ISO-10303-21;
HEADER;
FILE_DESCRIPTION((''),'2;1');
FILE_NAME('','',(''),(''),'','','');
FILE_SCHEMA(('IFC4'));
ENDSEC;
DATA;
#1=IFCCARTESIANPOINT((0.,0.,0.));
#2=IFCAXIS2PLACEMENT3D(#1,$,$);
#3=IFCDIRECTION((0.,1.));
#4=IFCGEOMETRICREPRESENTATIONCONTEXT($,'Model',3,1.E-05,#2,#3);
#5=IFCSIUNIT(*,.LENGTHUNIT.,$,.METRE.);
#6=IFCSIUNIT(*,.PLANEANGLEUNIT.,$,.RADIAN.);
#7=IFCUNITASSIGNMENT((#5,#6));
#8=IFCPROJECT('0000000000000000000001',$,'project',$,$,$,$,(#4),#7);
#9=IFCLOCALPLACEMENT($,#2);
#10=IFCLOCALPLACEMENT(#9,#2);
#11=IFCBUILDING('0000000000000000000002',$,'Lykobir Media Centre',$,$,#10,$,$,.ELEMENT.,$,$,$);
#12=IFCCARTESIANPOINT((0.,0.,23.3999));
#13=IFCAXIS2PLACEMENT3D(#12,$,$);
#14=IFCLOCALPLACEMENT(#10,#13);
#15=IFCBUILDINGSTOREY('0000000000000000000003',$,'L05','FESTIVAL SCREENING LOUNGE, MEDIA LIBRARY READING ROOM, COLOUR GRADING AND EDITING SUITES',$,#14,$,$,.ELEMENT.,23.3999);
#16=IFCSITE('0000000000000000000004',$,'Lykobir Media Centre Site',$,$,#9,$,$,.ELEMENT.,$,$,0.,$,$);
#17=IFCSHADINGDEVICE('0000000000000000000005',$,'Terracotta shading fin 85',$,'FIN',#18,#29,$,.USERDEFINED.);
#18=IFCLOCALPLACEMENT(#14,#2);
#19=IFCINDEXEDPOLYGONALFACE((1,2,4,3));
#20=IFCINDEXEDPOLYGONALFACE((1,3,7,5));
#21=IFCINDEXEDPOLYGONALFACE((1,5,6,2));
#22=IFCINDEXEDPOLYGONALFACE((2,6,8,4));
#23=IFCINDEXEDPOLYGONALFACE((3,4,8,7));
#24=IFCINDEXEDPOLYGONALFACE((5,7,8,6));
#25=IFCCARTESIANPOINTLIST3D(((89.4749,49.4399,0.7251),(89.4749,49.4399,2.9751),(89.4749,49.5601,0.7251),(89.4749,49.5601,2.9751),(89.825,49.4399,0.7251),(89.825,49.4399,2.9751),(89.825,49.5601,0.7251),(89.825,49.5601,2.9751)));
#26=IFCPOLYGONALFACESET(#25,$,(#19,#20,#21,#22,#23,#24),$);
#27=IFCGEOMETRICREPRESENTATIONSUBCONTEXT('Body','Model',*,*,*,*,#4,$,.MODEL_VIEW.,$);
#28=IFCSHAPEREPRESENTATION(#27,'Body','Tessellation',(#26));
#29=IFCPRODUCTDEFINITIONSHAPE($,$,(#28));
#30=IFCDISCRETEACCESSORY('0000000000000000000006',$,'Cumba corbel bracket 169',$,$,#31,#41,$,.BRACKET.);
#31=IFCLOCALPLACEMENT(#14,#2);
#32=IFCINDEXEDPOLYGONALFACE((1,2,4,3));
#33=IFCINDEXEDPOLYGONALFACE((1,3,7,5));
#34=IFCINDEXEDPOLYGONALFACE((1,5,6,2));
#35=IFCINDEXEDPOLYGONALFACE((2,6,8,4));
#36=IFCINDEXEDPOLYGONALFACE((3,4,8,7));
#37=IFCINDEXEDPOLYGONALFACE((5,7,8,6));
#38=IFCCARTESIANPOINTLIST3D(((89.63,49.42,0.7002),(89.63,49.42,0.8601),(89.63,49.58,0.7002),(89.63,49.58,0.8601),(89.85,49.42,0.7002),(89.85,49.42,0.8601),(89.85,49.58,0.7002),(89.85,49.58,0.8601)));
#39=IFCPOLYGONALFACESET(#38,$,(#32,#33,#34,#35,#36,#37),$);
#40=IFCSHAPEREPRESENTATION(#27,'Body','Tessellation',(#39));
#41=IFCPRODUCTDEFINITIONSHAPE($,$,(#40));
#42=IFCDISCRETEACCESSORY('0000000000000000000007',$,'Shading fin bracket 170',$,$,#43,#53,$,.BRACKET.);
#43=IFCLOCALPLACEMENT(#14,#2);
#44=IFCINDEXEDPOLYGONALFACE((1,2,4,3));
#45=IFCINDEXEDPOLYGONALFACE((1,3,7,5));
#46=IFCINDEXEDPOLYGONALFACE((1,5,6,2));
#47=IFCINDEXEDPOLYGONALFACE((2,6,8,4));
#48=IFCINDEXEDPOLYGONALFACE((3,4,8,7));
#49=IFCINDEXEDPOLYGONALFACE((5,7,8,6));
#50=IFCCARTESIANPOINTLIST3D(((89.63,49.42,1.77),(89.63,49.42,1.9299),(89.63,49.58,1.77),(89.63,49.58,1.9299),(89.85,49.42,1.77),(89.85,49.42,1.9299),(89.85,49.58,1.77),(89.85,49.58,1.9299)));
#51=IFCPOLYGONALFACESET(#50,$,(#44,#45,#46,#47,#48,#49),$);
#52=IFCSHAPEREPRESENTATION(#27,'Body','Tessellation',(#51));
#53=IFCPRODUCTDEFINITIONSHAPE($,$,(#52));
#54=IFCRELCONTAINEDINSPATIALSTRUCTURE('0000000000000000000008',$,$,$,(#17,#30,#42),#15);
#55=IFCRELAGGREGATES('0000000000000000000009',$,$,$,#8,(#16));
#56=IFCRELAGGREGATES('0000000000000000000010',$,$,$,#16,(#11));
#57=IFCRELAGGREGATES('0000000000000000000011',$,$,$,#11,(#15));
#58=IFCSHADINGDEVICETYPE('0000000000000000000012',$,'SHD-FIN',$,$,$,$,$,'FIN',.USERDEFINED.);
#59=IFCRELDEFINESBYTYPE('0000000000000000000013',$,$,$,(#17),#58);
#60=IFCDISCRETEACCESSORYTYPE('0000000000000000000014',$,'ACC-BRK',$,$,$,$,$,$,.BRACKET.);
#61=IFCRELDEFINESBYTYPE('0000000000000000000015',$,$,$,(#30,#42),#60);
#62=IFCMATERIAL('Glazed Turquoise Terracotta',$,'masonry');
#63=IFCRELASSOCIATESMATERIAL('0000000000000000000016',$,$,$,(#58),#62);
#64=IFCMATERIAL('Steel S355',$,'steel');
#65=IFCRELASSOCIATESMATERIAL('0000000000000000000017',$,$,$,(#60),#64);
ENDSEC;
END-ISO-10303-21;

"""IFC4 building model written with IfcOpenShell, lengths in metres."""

from ifc_helpers import new_model, si_unit, direction, frame, origin, origin_2d, place, context, subcontext, project, spatial, rectangle, extrude, material, type_object, element, save


model = new_model("IFC4")

# Units and contexts
model_context = context("Model", 3, precision=1e-05, world=origin(), true_north=direction((0.0, 1.0)))
body_context = subcontext(model_context, "Body", "Model", "MODEL_VIEW")
ifc_project = project(units=[si_unit("LENGTHUNIT", "METRE"), si_unit("PLANEANGLEUNIT", "RADIAN")], contexts=[model_context])

# Site, building, storey
site_placement = place(None, origin())
site = spatial("IfcSite", under=ifc_project, at=site_placement, Name="Lykobir Media Centre Site", CompositionType="ELEMENT", RefElevation=0.0)
building_placement = place(site_placement, origin())
building = spatial("IfcBuilding", under=site, at=building_placement, Name="Lykobir Media Centre", CompositionType="ELEMENT")
storey_placement = place(building_placement, frame((0.0, 0.0, 23.3999)))
storey = spatial("IfcBuildingStorey", under=building, at=storey_placement, Name="L05", Description="FESTIVAL SCREENING LOUNGE, MEDIA LIBRARY READING ROOM, COLOUR GRADING AND EDITING SUITES", CompositionType="ELEMENT", Elevation=23.3999)

# Shared definitions
ifc_material_1 = material(Name="Steel S355", Category="steel")

# Shared definitions
ifc_material_2 = material(Name="Glazed Turquoise Terracotta", Category="masonry")

# Shading device
shading_device_type = type_object("IfcShadingDeviceType", Name="SHD-FIN", ElementType="FIN", PredefinedType="USERDEFINED", material=ifc_material_2)
shading_device_placement = place(storey_placement, frame((89.6499, 49.5, 0.7251), z_axis=(0.0, 0.0, 1.0), x_axis=(0.0, -1.0, 0.0)))
element("IfcShadingDevice", 1, at=shading_device_placement, inside=storey, type_object=shading_device_type, Name="Terracotta shading fin 85", ObjectType="FIN", PredefinedType="USERDEFINED", context=body_context, shape_type="SweptSolid", body=[
    extrude(rectangle(XDim=0.1201, YDim=0.3501, at=origin_2d()), origin(), (0.0, 0.0, 1.0), 2.25),
])

# Discrete accessories
discrete_accessory_type = type_object("IfcDiscreteAccessoryType", Name="ACC-BRK", PredefinedType="BRACKET", material=ifc_material_1)
for number, where, z_axis, x_axis, name in (
    (2, (89.74, 49.5, 0.7002), (0.0, 0.0, 1.0), (0.0, -1.0, 0.0), "Cumba corbel bracket 169"),
    (3, (89.74, 49.5, 1.77), (0.0, 0.0, 1.0), (0.0, -1.0, 0.0), "Shading fin bracket 170"),
):
    element("IfcDiscreteAccessory", number, at=place(storey_placement, frame(where, z_axis=z_axis, x_axis=x_axis)), inside=storey, type_object=discrete_accessory_type, Name=name, PredefinedType="BRACKET", context=body_context, shape_type="SweptSolid", body=[
        extrude(rectangle(XDim=0.1599, YDim=0.22, at=origin_2d()), origin(), (0.0, 0.0, 1.0), 0.1599),
    ])

save(model, "model.ifc")
